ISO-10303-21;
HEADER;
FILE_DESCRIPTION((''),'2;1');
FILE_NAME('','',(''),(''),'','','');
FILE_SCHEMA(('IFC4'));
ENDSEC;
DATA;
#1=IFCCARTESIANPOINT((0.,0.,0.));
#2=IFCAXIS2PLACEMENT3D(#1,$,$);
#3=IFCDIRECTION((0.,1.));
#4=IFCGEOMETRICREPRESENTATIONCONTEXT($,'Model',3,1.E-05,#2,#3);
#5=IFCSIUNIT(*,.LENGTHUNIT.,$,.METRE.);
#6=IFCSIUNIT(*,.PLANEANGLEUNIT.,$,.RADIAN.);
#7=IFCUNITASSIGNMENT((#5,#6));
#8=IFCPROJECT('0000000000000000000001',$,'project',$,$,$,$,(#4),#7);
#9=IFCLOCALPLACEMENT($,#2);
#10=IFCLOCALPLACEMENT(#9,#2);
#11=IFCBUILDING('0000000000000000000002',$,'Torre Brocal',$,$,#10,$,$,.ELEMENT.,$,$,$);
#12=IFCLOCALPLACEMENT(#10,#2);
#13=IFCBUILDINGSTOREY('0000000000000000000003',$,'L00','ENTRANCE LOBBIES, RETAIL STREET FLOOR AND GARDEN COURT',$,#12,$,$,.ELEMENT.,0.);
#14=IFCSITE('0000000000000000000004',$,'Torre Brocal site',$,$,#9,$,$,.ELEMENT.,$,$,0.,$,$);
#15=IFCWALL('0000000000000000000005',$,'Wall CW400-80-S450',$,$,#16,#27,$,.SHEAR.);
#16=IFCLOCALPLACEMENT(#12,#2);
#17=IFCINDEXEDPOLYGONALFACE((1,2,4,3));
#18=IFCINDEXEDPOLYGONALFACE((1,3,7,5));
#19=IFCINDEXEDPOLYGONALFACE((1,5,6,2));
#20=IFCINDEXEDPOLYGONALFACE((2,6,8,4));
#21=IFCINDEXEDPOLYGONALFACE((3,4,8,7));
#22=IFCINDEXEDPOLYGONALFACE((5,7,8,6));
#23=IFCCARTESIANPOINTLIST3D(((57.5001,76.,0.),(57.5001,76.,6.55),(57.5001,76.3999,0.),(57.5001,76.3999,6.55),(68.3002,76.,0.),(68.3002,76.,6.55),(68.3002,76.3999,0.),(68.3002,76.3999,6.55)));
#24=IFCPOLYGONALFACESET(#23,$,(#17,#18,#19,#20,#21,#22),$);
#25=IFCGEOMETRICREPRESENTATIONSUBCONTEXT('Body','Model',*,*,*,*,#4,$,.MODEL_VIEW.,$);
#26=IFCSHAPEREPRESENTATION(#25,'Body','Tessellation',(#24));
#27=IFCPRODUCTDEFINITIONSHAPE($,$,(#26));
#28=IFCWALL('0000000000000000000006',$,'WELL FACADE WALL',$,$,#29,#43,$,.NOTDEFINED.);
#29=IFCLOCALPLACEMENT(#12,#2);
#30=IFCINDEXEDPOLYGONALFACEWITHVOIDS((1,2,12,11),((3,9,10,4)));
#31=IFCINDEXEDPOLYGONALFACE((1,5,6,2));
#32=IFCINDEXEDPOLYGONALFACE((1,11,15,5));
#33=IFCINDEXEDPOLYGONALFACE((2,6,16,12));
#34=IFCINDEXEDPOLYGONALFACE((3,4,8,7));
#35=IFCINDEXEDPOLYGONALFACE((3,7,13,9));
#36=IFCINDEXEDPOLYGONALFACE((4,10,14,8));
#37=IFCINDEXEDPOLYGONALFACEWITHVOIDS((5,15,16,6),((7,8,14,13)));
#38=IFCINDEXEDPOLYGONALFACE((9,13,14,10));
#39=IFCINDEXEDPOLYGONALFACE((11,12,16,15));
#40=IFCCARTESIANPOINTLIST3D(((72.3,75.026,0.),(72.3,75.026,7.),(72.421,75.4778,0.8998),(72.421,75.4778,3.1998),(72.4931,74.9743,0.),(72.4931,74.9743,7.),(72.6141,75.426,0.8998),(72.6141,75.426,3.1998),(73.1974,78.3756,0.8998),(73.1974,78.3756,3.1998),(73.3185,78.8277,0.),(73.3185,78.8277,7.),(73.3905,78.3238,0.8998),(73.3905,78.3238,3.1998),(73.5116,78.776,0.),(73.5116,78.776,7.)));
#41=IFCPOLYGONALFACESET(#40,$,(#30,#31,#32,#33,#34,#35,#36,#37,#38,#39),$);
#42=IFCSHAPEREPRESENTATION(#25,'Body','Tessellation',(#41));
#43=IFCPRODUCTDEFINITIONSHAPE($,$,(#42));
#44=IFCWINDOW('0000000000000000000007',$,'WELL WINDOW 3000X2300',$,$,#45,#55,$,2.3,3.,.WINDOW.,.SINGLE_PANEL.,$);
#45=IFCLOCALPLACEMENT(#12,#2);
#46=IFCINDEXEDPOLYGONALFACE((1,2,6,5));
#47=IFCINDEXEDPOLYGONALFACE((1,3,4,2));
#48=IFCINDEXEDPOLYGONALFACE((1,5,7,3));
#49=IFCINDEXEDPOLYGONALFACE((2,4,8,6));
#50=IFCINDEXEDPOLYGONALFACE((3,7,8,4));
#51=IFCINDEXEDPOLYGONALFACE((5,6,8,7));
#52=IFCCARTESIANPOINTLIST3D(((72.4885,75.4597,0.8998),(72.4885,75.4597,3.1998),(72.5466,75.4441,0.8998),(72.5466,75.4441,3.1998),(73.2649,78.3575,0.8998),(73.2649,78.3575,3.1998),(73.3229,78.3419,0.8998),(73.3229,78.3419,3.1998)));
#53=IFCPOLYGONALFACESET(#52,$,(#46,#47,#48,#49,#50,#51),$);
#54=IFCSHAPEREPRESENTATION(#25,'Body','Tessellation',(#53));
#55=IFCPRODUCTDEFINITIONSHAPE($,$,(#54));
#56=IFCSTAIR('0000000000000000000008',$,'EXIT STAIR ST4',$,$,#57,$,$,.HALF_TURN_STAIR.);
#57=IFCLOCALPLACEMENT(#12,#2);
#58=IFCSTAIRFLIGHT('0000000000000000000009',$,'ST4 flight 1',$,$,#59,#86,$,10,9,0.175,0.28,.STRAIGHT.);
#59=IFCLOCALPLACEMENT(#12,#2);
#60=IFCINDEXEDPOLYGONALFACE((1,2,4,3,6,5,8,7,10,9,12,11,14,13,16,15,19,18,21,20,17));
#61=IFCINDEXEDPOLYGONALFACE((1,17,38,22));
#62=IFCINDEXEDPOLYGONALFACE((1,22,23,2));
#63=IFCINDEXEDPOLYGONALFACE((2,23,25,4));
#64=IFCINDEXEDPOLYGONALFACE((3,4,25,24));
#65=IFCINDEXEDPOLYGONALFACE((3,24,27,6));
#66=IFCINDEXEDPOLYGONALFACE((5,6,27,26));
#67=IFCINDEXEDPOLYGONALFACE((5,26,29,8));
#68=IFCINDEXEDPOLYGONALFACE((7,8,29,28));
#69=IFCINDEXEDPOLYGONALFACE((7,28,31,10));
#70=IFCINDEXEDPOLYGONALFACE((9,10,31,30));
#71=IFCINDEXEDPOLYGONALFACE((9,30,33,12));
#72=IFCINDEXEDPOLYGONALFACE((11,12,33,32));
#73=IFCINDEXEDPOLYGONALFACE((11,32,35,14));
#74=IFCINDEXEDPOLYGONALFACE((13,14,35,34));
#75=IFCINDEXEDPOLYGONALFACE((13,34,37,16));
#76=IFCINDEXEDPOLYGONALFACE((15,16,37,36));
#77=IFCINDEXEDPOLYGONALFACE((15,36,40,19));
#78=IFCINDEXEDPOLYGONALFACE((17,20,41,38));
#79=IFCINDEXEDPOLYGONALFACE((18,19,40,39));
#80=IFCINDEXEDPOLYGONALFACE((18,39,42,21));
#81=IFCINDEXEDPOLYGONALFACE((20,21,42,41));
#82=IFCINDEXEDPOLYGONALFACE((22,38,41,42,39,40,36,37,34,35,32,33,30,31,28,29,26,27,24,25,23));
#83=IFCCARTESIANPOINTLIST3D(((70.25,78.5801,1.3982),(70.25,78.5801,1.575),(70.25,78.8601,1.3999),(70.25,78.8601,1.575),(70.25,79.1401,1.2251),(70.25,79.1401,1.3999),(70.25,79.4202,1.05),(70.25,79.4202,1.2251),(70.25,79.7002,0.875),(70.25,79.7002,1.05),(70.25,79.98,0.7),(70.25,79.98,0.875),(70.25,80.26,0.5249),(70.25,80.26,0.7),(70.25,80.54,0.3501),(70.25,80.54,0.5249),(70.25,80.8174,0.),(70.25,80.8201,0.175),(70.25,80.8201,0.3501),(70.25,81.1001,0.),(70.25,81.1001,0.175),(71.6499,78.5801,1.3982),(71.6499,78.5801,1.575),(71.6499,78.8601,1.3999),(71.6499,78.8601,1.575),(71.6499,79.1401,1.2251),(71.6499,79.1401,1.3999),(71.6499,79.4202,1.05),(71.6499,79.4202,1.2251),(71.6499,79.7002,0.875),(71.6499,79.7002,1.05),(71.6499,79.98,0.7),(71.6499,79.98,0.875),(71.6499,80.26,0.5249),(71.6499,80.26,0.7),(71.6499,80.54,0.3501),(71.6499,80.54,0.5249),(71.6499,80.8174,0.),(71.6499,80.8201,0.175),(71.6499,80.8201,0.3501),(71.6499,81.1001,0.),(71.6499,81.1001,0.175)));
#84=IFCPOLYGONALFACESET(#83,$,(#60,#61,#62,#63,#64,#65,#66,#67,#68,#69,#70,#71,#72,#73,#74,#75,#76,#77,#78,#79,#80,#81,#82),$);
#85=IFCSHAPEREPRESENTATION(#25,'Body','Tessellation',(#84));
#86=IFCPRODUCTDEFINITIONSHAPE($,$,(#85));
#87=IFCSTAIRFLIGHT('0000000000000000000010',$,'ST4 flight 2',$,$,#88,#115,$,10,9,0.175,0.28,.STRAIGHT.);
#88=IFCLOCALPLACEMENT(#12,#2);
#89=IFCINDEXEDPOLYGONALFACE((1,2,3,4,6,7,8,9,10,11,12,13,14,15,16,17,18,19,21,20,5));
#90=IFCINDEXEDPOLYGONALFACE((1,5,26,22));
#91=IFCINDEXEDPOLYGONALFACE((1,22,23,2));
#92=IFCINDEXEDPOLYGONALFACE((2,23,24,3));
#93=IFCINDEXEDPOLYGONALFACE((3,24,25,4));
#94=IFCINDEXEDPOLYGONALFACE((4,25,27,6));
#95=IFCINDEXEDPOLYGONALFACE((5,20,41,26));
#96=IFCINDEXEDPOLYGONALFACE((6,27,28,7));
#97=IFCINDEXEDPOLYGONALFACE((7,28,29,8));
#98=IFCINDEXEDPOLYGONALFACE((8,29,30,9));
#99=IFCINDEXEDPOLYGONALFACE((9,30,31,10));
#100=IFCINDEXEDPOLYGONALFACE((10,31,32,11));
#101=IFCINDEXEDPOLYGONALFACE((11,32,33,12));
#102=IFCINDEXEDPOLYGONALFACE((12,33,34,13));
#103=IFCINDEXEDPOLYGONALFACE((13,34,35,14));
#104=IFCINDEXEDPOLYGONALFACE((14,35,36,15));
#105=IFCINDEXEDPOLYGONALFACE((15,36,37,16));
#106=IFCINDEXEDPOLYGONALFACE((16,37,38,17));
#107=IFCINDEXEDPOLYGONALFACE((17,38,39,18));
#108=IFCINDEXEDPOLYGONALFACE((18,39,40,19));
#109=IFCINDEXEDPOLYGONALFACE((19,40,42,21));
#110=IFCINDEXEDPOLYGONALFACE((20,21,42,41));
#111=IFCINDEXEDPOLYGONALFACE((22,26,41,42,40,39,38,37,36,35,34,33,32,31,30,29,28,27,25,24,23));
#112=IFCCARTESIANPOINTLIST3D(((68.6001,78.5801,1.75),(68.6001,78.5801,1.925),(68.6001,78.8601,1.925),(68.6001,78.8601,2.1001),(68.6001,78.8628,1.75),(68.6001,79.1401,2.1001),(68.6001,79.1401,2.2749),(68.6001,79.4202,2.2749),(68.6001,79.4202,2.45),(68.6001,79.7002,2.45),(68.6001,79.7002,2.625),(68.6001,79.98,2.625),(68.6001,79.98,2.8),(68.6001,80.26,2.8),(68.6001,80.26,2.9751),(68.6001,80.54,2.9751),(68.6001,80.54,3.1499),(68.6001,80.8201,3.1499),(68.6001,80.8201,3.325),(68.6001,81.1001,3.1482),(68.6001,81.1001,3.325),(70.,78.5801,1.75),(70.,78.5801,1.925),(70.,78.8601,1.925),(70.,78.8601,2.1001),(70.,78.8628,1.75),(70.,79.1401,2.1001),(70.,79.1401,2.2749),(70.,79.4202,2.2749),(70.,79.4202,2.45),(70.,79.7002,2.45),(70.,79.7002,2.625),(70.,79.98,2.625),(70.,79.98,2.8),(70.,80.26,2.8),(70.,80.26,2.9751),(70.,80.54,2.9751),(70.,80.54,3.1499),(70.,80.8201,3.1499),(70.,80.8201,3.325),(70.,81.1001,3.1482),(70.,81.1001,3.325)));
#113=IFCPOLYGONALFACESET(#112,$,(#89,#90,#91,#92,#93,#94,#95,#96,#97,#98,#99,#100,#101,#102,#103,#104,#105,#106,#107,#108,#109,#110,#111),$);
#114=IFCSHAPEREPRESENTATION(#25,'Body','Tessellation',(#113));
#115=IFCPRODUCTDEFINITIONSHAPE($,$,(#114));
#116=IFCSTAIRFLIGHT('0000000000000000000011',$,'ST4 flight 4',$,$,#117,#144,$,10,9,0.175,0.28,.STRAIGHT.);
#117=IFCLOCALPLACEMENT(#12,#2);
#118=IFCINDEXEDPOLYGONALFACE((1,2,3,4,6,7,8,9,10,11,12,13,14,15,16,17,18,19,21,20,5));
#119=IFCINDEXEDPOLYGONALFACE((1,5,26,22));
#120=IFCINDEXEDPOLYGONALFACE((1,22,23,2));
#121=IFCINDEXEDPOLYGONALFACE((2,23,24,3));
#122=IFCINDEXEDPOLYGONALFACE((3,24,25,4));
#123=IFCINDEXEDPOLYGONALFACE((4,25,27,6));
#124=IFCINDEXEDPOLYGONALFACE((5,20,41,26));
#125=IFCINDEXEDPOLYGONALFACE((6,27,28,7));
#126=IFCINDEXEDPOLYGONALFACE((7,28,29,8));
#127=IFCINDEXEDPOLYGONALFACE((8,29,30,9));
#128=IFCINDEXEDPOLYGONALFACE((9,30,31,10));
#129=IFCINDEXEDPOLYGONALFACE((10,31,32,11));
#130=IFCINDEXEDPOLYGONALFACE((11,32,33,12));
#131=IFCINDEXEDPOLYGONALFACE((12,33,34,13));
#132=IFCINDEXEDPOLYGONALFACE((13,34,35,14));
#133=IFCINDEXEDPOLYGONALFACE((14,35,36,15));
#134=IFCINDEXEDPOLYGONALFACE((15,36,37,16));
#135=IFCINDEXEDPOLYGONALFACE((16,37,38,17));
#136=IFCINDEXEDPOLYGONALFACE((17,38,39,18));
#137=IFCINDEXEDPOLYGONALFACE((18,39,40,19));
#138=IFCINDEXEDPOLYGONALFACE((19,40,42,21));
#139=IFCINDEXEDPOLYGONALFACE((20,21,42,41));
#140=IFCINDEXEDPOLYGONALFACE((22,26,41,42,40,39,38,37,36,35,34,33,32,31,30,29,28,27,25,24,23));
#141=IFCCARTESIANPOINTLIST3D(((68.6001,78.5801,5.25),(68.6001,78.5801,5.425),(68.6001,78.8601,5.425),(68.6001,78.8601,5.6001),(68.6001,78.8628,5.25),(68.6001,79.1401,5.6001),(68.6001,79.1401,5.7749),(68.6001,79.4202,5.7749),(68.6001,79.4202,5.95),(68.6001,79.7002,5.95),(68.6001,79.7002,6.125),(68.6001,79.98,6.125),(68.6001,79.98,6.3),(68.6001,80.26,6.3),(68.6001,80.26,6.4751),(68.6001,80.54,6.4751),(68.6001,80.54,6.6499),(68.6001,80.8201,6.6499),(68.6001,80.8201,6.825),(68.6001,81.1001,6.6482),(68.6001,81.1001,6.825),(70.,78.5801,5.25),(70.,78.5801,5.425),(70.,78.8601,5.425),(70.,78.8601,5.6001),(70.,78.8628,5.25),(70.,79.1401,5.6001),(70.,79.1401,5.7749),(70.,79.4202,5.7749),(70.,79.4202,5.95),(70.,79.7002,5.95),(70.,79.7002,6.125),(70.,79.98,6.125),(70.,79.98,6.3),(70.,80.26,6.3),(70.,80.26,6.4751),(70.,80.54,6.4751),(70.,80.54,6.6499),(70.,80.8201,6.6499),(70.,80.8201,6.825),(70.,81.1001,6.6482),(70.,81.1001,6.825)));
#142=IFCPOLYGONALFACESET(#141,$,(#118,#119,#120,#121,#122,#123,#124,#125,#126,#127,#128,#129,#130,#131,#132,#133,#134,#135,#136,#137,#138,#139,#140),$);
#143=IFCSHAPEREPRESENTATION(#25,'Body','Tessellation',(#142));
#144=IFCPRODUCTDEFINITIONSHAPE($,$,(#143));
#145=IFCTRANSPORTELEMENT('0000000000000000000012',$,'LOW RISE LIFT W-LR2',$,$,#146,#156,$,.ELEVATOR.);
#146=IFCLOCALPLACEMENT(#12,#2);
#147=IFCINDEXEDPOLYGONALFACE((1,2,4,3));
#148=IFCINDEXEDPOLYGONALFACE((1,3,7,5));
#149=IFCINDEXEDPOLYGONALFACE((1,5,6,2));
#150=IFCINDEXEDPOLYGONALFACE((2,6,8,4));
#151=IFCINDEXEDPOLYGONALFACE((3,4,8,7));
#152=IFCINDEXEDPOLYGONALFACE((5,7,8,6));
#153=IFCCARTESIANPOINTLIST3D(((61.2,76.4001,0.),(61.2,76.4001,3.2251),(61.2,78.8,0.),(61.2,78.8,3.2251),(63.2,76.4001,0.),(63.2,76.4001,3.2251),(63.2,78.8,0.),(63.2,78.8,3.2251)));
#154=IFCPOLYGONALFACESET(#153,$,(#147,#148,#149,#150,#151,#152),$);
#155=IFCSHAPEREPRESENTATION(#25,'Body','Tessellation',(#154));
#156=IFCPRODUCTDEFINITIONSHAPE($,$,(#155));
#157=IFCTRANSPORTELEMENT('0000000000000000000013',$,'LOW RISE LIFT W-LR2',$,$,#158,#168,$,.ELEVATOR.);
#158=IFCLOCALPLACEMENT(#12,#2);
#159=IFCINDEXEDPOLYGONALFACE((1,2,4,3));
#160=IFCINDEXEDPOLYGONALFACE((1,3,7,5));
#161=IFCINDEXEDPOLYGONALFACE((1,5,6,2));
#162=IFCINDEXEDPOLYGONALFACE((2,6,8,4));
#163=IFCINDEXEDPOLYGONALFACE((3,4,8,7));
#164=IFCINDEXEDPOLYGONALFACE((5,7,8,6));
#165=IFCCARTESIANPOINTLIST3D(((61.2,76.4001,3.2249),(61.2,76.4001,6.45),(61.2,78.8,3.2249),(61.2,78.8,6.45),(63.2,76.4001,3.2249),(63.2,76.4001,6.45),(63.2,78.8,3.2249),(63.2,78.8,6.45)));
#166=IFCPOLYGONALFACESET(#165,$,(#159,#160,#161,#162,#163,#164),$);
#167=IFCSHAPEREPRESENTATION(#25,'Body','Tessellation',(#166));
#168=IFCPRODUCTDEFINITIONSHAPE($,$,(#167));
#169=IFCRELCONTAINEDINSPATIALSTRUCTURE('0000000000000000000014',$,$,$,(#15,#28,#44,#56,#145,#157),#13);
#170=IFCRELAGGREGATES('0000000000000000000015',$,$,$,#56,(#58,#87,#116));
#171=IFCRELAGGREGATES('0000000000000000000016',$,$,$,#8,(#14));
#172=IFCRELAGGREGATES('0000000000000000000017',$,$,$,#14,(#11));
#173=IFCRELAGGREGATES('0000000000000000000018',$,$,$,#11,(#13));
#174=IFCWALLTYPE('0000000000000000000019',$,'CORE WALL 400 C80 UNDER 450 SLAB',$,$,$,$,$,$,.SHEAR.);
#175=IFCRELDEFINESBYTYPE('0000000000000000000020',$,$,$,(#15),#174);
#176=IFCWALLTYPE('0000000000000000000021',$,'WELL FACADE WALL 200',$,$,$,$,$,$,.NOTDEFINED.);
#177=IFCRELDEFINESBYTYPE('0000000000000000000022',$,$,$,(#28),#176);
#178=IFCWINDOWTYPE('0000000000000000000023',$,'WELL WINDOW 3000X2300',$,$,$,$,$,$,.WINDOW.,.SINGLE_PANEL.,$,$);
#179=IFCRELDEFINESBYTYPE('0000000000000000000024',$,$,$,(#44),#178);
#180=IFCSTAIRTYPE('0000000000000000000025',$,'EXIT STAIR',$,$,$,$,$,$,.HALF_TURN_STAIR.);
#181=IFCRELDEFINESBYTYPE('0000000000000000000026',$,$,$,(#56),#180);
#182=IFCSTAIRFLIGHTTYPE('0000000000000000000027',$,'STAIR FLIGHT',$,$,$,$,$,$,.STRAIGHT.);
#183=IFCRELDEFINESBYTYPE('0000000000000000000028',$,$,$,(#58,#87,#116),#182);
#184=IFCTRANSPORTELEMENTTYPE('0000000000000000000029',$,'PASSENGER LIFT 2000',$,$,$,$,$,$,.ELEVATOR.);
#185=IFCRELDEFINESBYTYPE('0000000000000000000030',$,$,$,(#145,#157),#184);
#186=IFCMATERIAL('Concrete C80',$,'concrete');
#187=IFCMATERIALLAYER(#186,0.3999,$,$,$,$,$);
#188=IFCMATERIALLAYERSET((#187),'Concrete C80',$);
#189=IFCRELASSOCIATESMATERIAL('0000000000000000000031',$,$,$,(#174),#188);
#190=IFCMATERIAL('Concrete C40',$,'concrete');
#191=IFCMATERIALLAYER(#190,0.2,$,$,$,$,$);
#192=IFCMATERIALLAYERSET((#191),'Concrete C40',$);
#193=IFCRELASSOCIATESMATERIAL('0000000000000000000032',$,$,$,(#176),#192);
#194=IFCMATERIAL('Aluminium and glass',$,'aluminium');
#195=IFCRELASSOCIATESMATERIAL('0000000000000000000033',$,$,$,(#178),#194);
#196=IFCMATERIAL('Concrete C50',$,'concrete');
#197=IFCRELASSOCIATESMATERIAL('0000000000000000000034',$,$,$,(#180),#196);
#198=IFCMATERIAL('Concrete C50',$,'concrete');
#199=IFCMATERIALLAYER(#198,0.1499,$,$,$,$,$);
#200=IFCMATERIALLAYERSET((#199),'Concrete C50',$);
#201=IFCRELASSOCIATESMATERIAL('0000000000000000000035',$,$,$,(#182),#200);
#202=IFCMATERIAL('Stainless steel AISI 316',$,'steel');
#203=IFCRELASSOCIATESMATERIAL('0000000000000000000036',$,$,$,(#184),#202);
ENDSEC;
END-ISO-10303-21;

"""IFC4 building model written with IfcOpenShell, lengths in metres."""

from ifc_helpers import new_model, si_unit, direction, frame, frame_2d, origin, origin_2d, place, context, subcontext, project, spatial, polyline, rectangle, outline, extrude, material, layer, layer_set, type_object, element, fill, aggregate, save


model = new_model("IFC4")

# Units and contexts
model_context = context("Model", 3, precision=1e-05, world=origin(), true_north=direction((0.0, 1.0)))
body_context = subcontext(model_context, "Body", "Model", "MODEL_VIEW")
ifc_project = project(units=[si_unit("LENGTHUNIT", "METRE"), si_unit("PLANEANGLEUNIT", "RADIAN")], contexts=[model_context])

# Site, building, storey
site_placement = place(None, origin())
site = spatial("IfcSite", under=ifc_project, at=site_placement, Name="Torre Brocal site", CompositionType="ELEMENT", RefElevation=0.0)
building_placement = place(site_placement, origin())
building = spatial("IfcBuilding", under=site, at=building_placement, Name="Torre Brocal", CompositionType="ELEMENT")
storey_placement = place(building_placement, origin())
storey = spatial("IfcBuildingStorey", under=building, at=storey_placement, Name="L00", Description="ENTRANCE LOBBIES, RETAIL STREET FLOOR AND GARDEN COURT", CompositionType="ELEMENT", Elevation=0.0)

# Wall
ifc_material_1 = material(Name="Concrete C80", Category="concrete")
ifc_layer_1 = layer(ifc_material_1, 0.3999)
ifc_layer_set_1 = layer_set([ifc_layer_1], Name="Concrete C80")
wall_type_1 = type_object("IfcWallType", Name="CORE WALL 400 C80 UNDER 450 SLAB", PredefinedType="SHEAR", material=ifc_layer_set_1)
wall_1_placement = place(storey_placement, frame((68.3, 76.2, 0.0), z_axis=(0.0, 0.0, 1.0), x_axis=(-1.0, 0.0, 0.0)))
element("IfcWall", 1, at=wall_1_placement, inside=storey, type_object=wall_type_1, Name="Wall CW400-80-S450", PredefinedType="SHEAR", context=body_context, shape_type="SweptSolid", body=[
    extrude(rectangle(XDim=10.8, YDim=0.3999, at=frame_2d((5.3999, 0.0))), origin(), (0.0, 0.0, 1.0), 6.55),
])

# Wall, opening, window
ifc_material_2 = material(Name="Concrete C40", Category="concrete")
ifc_layer_2 = layer(ifc_material_2, 0.2)
ifc_layer_set_2 = layer_set([ifc_layer_2], Name="Concrete C40")
wall_type_2 = type_object("IfcWallType", Name="WELL FACADE WALL 200", PredefinedType="NOTDEFINED", material=ifc_layer_set_2)
wall_2_placement = place(storey_placement, frame((73.415, 78.8018, 0.0), z_axis=(0.0, 0.0, 1.0), x_axis=(-0.25879, -0.965934, 0.0)))
wall_2 = element("IfcWall", 2, at=wall_2_placement, inside=storey, type_object=wall_type_2, Name="WELL FACADE WALL", PredefinedType="NOTDEFINED", context=body_context, shape_type="SweptSolid", body=[
    extrude(rectangle(XDim=3.9358, YDim=0.2, at=frame_2d((1.9678, 0.0))), origin(), (0.0, 0.0, 1.0), 7.0),
])
opening_1_placement = place(wall_2_placement, frame((0.468, 0.0, 0.8999)))
opening_1 = element("IfcOpeningElement", 3, at=opening_1_placement, cuts=wall_2, PredefinedType="OPENING", context=body_context, shape_type="SweptSolid", body=[
    extrude(rectangle(XDim=3.0, YDim=2.3, at=frame_2d((1.5, 1.1499))), frame((0.0, 0.1099, 0.0), z_axis=(0.0, -1.0, 0.0), x_axis=(1.0, 0.0, 0.0)), (0.0, 0.0, 1.0), 0.22),
])
ifc_material_3 = material(Name="Aluminium and glass", Category="aluminium")
window_type = type_object("IfcWindowType", Name="WELL WINDOW 3000X2300", PartitioningType="SINGLE_PANEL", PredefinedType="WINDOW", material=ifc_material_3)
window_placement = place(opening_1_placement, origin())
window = element("IfcWindow", 4, at=window_placement, inside=storey, type_object=window_type, Name="WELL WINDOW 3000X2300", OverallHeight=2.3, OverallWidth=3.0, PartitioningType="SINGLE_PANEL", PredefinedType="WINDOW", context=body_context, shape_type="SweptSolid", body=[
    extrude(rectangle(XDim=3.0, YDim=2.3, at=frame_2d((1.5, 1.1499))), frame((0.0, 0.03, 0.0), z_axis=(0.0, -1.0, 0.0), x_axis=(1.0, 0.0, 0.0)), (0.0, 0.0, 1.0), 0.0601),
])
fill(opening_1, window)

# Stair, stair flights
ifc_material_4 = material(Name="Concrete C50", Category="concrete")
stair_type = type_object("IfcStairType", Name="EXIT STAIR", PredefinedType="HALF_TURN_STAIR", material=ifc_material_4)
stair_placement = place(storey_placement, origin())
stair = element("IfcStair", 5, at=stair_placement, inside=storey, type_object=stair_type, Name="EXIT STAIR ST4", PredefinedType="HALF_TURN_STAIR")
ifc_material_5 = material(Name="Concrete C50", Category="concrete")
ifc_layer_3 = layer(ifc_material_5, 0.1499)
ifc_layer_set_3 = layer_set([ifc_layer_3], Name="Concrete C50")
stair_flight_type = type_object("IfcStairFlightType", Name="STAIR FLIGHT", PredefinedType="STRAIGHT", material=ifc_layer_set_3)
stair_flight_1_placement = place(storey_placement, frame((70.95, 81.1001, 0.0), z_axis=(0.0, 0.0, 1.0), x_axis=(0.0, -1.0, 0.0)))
stair_flight_1 = element("IfcStairFlight", 6, at=stair_flight_1_placement, type_object=stair_flight_type, Name="ST4 flight 1", NumberOfRisers=10, NumberOfTreads=9, PredefinedType="STRAIGHT", RiserHeight=0.175, TreadLength=0.28, context=body_context, shape_type="SweptSolid", body=[
    extrude(outline(polyline([(0.0, 0.0), (0.0, 0.175), (0.28, 0.175), (0.28, 0.3501), (0.5601, 0.3501), (0.5601, 0.5249), (0.8401, 0.5249), (0.8401, 0.7), (1.1201, 0.7), (1.1201, 0.875), (1.3999, 0.875), (1.3999, 1.05), (1.6799, 1.05), (1.6799, 1.2251), (1.96, 1.2251), (1.96, 1.3999), (2.24, 1.3999), (2.24, 1.575), (2.52, 1.575), (2.52, 1.75), (2.52, 1.3982), (0.2827, 0.0), (0.0, 0.0)])), frame((0.0, 0.7, 0.0), z_axis=(0.0, -1.0, 0.0), x_axis=(1.0, 0.0, 0.0)), (0.0, 0.0, 1.0), 1.3999),
])
stair_flight_2_placement = place(storey_placement, frame((69.3, 78.5801, 1.75), z_axis=(0.0, 0.0, 1.0), x_axis=(0.0, 1.0, 0.0)))
stair_flight_2 = element("IfcStairFlight", 7, at=stair_flight_2_placement, type_object=stair_flight_type, Name="ST4 flight 2", NumberOfRisers=10, NumberOfTreads=9, PredefinedType="STRAIGHT", RiserHeight=0.175, TreadLength=0.28, context=body_context, shape_type="SweptSolid", body=[
    extrude(outline(polyline([(0.0, 0.0), (0.0, 0.175), (0.28, 0.175), (0.28, 0.3501), (0.5601, 0.3501), (0.5601, 0.5249), (0.8401, 0.5249), (0.8401, 0.7), (1.1201, 0.7), (1.1201, 0.875), (1.3999, 0.875), (1.3999, 1.05), (1.6799, 1.05), (1.6799, 1.2251), (1.96, 1.2251), (1.96, 1.3999), (2.24, 1.3999), (2.24, 1.575), (2.52, 1.575), (2.52, 1.75), (2.52, 1.3982), (0.2827, 0.0), (0.0, 0.0)])), frame((0.0, 0.7, 0.0), z_axis=(0.0, -1.0, 0.0), x_axis=(1.0, 0.0, 0.0)), (0.0, 0.0, 1.0), 1.3999),
])
stair_flight_3_placement = place(storey_placement, frame((69.3, 78.5801, 5.25), z_axis=(0.0, 0.0, 1.0), x_axis=(0.0, 1.0, 0.0)))
stair_flight_3 = element("IfcStairFlight", 8, at=stair_flight_3_placement, type_object=stair_flight_type, Name="ST4 flight 4", NumberOfRisers=10, NumberOfTreads=9, PredefinedType="STRAIGHT", RiserHeight=0.175, TreadLength=0.28, context=body_context, shape_type="SweptSolid", body=[
    extrude(outline(polyline([(0.0, 0.0), (0.0, 0.175), (0.28, 0.175), (0.28, 0.3501), (0.5601, 0.3501), (0.5601, 0.5249), (0.8401, 0.5249), (0.8401, 0.7), (1.1201, 0.7), (1.1201, 0.875), (1.3999, 0.875), (1.3999, 1.05), (1.6799, 1.05), (1.6799, 1.2251), (1.96, 1.2251), (1.96, 1.3999), (2.24, 1.3999), (2.24, 1.575), (2.52, 1.575), (2.52, 1.75), (2.52, 1.3982), (0.2827, 0.0), (0.0, 0.0)])), frame((0.0, 0.7, 0.0), z_axis=(0.0, -1.0, 0.0), x_axis=(1.0, 0.0, 0.0)), (0.0, 0.0, 1.0), 1.3999),
])
aggregate(stair, [stair_flight_1, stair_flight_2, stair_flight_3])

# Transport elements
ifc_material_6 = material(Name="Stainless steel AISI 316", Category="steel")
transport_element_type = type_object("IfcTransportElementType", Name="PASSENGER LIFT 2000", PredefinedType="ELEVATOR", material=ifc_material_6)
for number, where, z_axis, x_axis, name in (
    (9, (62.2, 77.6001, 0.0), (0.0, 0.0, 1.0), (1.0, 0.0, 0.0), "LOW RISE LIFT W-LR2"),
    (10, (62.2, 77.6001, 3.2249), (0.0, 0.0, 1.0), (1.0, 0.0, 0.0), "LOW RISE LIFT W-LR2"),
):
    element("IfcTransportElement", number, at=place(storey_placement, frame(where, z_axis=z_axis, x_axis=x_axis)), inside=storey, type_object=transport_element_type, Name=name, PredefinedType="ELEVATOR", context=body_context, shape_type="SweptSolid", body=[
        extrude(rectangle(XDim=2.0, YDim=2.3999, at=origin_2d()), origin(), (0.0, 0.0, 1.0), 3.2251),
    ])

save(model, "model.ifc")
